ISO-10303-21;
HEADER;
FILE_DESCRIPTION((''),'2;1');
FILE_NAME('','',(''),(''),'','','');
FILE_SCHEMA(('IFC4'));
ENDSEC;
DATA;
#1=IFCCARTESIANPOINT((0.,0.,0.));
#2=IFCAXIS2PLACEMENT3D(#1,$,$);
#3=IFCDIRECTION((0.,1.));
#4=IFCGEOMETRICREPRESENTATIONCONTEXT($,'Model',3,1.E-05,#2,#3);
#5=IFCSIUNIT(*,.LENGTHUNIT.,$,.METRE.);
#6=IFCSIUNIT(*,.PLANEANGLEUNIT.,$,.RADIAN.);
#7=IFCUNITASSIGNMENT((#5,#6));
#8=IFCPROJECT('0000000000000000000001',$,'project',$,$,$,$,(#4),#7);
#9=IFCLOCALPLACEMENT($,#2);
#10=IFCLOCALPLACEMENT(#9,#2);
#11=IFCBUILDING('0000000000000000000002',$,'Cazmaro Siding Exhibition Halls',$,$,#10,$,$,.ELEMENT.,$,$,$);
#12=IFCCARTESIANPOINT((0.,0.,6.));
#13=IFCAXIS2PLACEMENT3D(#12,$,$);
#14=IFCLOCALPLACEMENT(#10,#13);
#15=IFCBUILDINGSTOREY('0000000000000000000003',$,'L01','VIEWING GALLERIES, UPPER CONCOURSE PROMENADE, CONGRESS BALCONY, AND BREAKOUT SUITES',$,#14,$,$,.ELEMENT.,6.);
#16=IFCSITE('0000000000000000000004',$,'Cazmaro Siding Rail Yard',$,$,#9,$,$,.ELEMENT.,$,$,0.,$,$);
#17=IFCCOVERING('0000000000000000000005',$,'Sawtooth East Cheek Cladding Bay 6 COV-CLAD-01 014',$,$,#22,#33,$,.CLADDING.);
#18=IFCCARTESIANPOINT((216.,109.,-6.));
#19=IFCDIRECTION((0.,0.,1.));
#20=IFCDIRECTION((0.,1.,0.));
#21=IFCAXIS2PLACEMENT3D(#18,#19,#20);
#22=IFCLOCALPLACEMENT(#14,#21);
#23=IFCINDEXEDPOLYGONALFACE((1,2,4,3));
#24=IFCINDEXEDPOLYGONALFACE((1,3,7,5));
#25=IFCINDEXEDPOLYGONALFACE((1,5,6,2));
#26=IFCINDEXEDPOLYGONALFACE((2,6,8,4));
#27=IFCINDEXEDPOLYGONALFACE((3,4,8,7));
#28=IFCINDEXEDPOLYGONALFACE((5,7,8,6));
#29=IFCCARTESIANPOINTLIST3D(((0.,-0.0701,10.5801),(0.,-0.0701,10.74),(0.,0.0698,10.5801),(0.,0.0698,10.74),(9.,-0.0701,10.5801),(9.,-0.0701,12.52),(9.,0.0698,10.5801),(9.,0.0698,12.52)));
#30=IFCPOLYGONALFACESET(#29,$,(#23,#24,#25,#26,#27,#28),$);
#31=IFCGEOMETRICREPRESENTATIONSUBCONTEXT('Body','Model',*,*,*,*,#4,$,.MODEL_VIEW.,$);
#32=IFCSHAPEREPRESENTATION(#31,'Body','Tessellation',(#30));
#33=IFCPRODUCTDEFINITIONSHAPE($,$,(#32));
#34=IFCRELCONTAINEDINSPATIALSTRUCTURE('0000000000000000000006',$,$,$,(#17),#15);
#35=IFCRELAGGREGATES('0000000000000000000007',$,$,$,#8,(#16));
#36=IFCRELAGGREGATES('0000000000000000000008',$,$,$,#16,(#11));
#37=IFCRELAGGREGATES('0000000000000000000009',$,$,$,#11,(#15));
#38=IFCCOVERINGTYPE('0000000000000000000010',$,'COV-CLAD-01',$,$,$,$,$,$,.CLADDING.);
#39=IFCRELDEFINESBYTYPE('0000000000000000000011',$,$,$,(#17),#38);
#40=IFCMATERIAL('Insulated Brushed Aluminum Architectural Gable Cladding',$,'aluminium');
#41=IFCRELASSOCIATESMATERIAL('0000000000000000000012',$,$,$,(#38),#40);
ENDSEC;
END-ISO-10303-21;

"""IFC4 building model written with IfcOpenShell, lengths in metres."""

from ifc_helpers import new_model, si_unit, direction, frame, origin, place, context, subcontext, project, spatial, polyline, outline, extrude, material, type_object, element, save


model = new_model("IFC4")

# Units and contexts
model_context = context("Model", 3, precision=1e-05, world=origin(), true_north=direction((0.0, 1.0)))
body_context = subcontext(model_context, "Body", "Model", "MODEL_VIEW")
ifc_project = project(units=[si_unit("LENGTHUNIT", "METRE"), si_unit("PLANEANGLEUNIT", "RADIAN")], contexts=[model_context])

# Site, building, storey
site_placement = place(None, origin())
site = spatial("IfcSite", under=ifc_project, at=site_placement, Name="Cazmaro Siding Rail Yard", CompositionType="ELEMENT", RefElevation=0.0)
building_placement = place(site_placement, origin())
building = spatial("IfcBuilding", under=site, at=building_placement, Name="Cazmaro Siding Exhibition Halls", CompositionType="ELEMENT")
storey_placement = place(building_placement, frame((0.0, 0.0, 6.0)))
storey = spatial("IfcBuildingStorey", under=building, at=storey_placement, Name="L01", Description="VIEWING GALLERIES, UPPER CONCOURSE PROMENADE, CONGRESS BALCONY, AND BREAKOUT SUITES", CompositionType="ELEMENT", Elevation=6.0)

# Covering
ifc_material_1 = material(Name="Insulated Brushed Aluminum Architectural Gable Cladding", Category="aluminium")
covering_type = type_object("IfcCoveringType", Name="COV-CLAD-01", PredefinedType="CLADDING", material=ifc_material_1)
covering_placement = place(storey_placement, frame((216.0, 109.0, -6.0), z_axis=(0.0, 0.0, 1.0), x_axis=(0.0, 1.0, 0.0)))
element("IfcCovering", 1, at=covering_placement, inside=storey, type_object=covering_type, Name="Sawtooth East Cheek Cladding Bay 6 COV-CLAD-01 014", PredefinedType="CLADDING", context=body_context, shape_type="SweptSolid", body=[
    extrude(outline(polyline([(0.0, 10.5801), (9.0, 10.5801), (9.0, 12.52), (0.0, 10.74), (0.0, 10.5801)])), frame((0.0, 0.0698, 0.0), z_axis=(0.0, -1.0, 0.0), x_axis=(1.0, 0.0, 0.0)), (0.0, 0.0, 1.0), 0.1399),
])

save(model, "model.ifc")
